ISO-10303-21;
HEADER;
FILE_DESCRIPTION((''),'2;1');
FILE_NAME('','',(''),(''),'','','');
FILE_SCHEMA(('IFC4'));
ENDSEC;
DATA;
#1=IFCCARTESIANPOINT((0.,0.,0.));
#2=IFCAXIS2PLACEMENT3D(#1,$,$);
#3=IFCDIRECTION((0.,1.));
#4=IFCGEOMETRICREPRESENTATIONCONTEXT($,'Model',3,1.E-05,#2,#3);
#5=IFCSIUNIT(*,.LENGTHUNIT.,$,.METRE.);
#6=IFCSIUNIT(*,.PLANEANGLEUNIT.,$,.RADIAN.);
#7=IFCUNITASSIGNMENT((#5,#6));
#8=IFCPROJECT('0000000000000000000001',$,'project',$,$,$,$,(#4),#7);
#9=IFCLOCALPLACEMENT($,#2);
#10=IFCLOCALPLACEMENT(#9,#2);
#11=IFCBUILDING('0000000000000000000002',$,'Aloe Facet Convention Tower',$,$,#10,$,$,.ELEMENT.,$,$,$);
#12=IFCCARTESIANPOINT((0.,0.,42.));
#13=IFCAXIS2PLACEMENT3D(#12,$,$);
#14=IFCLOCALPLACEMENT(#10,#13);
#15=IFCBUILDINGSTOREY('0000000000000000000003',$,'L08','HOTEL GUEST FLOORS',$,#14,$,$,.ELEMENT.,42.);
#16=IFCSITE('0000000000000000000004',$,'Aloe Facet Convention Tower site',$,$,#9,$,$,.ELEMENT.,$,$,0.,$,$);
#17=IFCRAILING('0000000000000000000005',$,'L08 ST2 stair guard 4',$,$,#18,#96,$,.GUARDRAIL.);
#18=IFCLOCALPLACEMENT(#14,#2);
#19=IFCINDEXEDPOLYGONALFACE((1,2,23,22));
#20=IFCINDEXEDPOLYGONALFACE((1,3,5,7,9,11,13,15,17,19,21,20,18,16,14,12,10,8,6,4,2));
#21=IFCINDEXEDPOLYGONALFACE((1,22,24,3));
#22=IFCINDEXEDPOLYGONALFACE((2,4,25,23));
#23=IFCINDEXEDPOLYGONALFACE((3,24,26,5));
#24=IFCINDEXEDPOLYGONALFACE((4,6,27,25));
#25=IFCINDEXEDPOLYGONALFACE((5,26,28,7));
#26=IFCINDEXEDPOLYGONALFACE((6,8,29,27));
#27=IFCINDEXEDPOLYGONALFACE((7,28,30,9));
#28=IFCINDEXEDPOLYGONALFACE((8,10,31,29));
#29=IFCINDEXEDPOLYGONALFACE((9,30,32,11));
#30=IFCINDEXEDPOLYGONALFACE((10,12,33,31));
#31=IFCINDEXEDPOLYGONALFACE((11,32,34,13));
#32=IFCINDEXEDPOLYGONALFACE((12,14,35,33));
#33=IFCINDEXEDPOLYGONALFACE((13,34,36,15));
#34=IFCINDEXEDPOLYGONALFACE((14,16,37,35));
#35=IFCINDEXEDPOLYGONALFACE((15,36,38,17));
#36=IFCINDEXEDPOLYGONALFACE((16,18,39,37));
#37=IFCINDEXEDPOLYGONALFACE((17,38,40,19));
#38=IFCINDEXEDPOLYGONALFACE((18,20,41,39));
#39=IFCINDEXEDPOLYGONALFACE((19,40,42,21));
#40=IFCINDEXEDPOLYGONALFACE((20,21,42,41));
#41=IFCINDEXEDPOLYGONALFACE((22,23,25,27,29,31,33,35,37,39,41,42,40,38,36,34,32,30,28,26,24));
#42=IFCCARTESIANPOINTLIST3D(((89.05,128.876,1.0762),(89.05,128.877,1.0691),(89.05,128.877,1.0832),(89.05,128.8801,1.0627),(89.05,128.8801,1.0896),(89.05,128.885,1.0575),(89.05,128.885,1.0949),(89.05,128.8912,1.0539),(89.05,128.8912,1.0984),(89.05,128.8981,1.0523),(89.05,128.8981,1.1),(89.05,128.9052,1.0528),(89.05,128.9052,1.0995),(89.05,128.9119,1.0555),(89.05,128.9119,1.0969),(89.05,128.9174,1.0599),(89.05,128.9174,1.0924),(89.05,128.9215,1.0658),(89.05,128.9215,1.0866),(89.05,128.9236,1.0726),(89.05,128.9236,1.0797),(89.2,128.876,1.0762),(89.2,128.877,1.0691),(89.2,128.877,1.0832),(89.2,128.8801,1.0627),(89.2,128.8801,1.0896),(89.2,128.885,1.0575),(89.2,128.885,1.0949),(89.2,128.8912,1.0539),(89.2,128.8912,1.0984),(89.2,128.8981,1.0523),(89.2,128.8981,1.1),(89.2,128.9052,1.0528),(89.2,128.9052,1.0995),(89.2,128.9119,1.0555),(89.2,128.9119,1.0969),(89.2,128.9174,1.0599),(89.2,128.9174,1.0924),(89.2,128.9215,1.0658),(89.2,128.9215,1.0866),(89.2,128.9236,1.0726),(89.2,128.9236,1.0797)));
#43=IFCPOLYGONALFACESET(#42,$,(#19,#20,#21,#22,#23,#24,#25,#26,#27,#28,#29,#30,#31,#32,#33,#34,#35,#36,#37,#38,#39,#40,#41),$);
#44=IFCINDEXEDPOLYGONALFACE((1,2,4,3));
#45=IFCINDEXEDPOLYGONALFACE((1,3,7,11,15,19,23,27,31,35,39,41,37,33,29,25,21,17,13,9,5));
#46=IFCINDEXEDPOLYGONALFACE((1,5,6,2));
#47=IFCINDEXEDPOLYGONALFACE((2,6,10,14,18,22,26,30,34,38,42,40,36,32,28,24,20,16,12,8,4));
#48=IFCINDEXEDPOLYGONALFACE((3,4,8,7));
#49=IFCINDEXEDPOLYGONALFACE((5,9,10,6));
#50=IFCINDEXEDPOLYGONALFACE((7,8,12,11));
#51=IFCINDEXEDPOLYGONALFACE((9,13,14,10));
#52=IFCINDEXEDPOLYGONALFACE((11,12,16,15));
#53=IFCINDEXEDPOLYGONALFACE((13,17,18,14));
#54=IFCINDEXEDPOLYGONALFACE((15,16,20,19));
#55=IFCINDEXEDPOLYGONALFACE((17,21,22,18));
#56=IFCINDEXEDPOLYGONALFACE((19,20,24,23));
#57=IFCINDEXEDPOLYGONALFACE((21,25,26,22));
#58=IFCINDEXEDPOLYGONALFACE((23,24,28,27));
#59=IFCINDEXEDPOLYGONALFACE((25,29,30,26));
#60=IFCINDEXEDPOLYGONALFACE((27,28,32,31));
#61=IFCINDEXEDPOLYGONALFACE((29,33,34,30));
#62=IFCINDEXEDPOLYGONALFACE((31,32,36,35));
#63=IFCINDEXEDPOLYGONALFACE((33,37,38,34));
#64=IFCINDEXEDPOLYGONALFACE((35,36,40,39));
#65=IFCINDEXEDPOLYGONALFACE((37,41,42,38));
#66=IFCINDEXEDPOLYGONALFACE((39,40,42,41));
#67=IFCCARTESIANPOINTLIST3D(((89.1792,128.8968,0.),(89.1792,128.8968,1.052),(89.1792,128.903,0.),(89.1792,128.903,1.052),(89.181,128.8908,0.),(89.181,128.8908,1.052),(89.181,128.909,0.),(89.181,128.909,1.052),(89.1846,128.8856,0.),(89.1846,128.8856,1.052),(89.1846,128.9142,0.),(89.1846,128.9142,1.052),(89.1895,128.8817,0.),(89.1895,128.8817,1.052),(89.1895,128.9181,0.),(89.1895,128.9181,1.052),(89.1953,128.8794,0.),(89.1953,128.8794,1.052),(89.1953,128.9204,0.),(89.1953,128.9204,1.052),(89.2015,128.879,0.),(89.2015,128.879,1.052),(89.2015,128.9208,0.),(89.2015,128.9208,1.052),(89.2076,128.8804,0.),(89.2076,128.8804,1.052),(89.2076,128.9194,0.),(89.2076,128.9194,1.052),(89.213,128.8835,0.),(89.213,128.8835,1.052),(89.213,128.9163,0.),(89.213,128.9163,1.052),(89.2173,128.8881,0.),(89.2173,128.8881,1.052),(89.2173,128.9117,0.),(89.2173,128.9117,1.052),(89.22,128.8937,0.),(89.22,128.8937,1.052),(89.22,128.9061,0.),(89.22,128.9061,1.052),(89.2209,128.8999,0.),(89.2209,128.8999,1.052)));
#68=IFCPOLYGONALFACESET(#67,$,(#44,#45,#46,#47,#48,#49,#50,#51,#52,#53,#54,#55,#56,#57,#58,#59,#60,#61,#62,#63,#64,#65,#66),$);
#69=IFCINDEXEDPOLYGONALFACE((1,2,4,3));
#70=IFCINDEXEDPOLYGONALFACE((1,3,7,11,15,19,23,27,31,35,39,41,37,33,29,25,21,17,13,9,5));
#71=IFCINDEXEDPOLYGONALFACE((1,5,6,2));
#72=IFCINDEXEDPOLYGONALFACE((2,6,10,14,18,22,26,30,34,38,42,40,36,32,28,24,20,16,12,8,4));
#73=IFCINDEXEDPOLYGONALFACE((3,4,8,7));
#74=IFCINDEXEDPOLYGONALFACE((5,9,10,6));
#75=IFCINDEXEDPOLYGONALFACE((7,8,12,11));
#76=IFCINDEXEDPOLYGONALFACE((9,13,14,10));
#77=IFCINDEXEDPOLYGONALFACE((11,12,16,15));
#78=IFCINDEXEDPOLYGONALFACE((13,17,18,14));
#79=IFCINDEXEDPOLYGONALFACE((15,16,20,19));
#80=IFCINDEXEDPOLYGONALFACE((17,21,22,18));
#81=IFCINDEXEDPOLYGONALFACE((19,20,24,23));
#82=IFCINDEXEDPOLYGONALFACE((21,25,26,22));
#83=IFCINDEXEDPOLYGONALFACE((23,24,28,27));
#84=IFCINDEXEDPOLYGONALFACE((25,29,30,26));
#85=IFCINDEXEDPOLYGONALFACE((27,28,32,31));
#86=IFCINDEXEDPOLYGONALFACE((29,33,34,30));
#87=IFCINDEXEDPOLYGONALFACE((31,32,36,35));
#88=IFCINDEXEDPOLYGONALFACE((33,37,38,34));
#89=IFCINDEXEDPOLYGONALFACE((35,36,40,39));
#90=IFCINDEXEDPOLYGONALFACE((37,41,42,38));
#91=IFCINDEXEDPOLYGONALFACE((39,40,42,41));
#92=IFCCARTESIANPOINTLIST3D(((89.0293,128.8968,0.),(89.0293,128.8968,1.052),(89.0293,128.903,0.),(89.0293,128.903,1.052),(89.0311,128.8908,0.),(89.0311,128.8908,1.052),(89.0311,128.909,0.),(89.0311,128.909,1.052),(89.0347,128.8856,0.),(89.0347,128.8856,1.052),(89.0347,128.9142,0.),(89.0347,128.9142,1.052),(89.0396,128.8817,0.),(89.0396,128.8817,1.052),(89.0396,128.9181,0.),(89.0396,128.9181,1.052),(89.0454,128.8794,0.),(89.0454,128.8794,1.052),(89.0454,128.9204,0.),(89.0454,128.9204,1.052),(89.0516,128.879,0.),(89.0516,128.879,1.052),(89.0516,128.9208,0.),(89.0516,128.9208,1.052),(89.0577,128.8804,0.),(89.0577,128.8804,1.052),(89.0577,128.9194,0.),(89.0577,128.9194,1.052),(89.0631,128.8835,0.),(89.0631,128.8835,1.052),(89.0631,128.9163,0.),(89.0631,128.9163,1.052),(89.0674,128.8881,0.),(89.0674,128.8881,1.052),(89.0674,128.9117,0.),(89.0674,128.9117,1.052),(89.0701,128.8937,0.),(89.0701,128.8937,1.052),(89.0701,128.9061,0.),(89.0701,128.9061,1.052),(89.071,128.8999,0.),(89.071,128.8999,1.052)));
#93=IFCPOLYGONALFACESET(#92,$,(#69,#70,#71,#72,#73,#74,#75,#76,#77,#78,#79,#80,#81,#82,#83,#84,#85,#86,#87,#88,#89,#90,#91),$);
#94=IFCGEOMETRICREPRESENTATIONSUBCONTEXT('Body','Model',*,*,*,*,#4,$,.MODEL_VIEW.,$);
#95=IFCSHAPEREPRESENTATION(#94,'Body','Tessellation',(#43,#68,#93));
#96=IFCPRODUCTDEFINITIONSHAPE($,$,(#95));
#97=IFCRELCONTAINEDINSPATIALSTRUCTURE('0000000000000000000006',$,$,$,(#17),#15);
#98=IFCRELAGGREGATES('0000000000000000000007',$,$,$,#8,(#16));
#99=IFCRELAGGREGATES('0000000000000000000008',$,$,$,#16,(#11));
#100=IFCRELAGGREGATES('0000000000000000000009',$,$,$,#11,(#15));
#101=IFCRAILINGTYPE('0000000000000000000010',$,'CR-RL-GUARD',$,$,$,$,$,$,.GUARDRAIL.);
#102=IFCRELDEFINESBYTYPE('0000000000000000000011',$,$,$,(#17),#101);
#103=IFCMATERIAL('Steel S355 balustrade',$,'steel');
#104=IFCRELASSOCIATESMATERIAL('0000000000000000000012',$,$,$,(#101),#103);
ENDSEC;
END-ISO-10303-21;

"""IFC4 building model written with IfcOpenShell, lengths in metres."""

from ifc_helpers import new_model, si_unit, direction, frame, origin, origin_2d, place, context, subcontext, project, spatial, circle, extrude, material, type_object, element, save


model = new_model("IFC4")

# Units and contexts
model_context = context("Model", 3, precision=1e-05, world=origin(), true_north=direction((0.0, 1.0)))
body_context = subcontext(model_context, "Body", "Model", "MODEL_VIEW")
ifc_project = project(units=[si_unit("LENGTHUNIT", "METRE"), si_unit("PLANEANGLEUNIT", "RADIAN")], contexts=[model_context])

# Site, building, storey
site_placement = place(None, origin())
site = spatial("IfcSite", under=ifc_project, at=site_placement, Name="Aloe Facet Convention Tower site", CompositionType="ELEMENT", RefElevation=0.0)
building_placement = place(site_placement, origin())
building = spatial("IfcBuilding", under=site, at=building_placement, Name="Aloe Facet Convention Tower", CompositionType="ELEMENT")
storey_placement = place(building_placement, frame((0.0, 0.0, 42.0)))
storey = spatial("IfcBuildingStorey", under=building, at=storey_placement, Name="L08", Description="HOTEL GUEST FLOORS", CompositionType="ELEMENT", Elevation=42.0)

# Railing
ifc_material_1 = material(Name="Steel S355 balustrade", Category="steel")
railing_type_1 = type_object("IfcRailingType", Name="CR-RL-GUARD", PredefinedType="GUARDRAIL", material=ifc_material_1)
railing_1_placement = place(storey_placement, frame((89.2, 128.8999, 0.0)))
element("IfcRailing", 1, at=railing_1_placement, inside=storey, type_object=railing_type_1, Name="L08 ST2 stair guard 4", PredefinedType="GUARDRAIL", context=body_context, shape_type="SweptSolid", body=[
    extrude(circle(Radius=0.0239, at=origin_2d()), frame((0.0, 0.0, 1.0762), z_axis=(-1.0, 0.0, 0.0), x_axis=(0.0, -1.0, 0.0)), (0.0, 0.0, 1.0), 0.1499),
    extrude(circle(Radius=0.021, at=origin_2d()), origin(), (0.0, 0.0, 1.0), 1.052),
    extrude(circle(Radius=0.021, at=origin_2d()), frame((-0.1499, 0.0, 0.0)), (0.0, 0.0, 1.0), 1.052),
])

save(model, "model.ifc")
